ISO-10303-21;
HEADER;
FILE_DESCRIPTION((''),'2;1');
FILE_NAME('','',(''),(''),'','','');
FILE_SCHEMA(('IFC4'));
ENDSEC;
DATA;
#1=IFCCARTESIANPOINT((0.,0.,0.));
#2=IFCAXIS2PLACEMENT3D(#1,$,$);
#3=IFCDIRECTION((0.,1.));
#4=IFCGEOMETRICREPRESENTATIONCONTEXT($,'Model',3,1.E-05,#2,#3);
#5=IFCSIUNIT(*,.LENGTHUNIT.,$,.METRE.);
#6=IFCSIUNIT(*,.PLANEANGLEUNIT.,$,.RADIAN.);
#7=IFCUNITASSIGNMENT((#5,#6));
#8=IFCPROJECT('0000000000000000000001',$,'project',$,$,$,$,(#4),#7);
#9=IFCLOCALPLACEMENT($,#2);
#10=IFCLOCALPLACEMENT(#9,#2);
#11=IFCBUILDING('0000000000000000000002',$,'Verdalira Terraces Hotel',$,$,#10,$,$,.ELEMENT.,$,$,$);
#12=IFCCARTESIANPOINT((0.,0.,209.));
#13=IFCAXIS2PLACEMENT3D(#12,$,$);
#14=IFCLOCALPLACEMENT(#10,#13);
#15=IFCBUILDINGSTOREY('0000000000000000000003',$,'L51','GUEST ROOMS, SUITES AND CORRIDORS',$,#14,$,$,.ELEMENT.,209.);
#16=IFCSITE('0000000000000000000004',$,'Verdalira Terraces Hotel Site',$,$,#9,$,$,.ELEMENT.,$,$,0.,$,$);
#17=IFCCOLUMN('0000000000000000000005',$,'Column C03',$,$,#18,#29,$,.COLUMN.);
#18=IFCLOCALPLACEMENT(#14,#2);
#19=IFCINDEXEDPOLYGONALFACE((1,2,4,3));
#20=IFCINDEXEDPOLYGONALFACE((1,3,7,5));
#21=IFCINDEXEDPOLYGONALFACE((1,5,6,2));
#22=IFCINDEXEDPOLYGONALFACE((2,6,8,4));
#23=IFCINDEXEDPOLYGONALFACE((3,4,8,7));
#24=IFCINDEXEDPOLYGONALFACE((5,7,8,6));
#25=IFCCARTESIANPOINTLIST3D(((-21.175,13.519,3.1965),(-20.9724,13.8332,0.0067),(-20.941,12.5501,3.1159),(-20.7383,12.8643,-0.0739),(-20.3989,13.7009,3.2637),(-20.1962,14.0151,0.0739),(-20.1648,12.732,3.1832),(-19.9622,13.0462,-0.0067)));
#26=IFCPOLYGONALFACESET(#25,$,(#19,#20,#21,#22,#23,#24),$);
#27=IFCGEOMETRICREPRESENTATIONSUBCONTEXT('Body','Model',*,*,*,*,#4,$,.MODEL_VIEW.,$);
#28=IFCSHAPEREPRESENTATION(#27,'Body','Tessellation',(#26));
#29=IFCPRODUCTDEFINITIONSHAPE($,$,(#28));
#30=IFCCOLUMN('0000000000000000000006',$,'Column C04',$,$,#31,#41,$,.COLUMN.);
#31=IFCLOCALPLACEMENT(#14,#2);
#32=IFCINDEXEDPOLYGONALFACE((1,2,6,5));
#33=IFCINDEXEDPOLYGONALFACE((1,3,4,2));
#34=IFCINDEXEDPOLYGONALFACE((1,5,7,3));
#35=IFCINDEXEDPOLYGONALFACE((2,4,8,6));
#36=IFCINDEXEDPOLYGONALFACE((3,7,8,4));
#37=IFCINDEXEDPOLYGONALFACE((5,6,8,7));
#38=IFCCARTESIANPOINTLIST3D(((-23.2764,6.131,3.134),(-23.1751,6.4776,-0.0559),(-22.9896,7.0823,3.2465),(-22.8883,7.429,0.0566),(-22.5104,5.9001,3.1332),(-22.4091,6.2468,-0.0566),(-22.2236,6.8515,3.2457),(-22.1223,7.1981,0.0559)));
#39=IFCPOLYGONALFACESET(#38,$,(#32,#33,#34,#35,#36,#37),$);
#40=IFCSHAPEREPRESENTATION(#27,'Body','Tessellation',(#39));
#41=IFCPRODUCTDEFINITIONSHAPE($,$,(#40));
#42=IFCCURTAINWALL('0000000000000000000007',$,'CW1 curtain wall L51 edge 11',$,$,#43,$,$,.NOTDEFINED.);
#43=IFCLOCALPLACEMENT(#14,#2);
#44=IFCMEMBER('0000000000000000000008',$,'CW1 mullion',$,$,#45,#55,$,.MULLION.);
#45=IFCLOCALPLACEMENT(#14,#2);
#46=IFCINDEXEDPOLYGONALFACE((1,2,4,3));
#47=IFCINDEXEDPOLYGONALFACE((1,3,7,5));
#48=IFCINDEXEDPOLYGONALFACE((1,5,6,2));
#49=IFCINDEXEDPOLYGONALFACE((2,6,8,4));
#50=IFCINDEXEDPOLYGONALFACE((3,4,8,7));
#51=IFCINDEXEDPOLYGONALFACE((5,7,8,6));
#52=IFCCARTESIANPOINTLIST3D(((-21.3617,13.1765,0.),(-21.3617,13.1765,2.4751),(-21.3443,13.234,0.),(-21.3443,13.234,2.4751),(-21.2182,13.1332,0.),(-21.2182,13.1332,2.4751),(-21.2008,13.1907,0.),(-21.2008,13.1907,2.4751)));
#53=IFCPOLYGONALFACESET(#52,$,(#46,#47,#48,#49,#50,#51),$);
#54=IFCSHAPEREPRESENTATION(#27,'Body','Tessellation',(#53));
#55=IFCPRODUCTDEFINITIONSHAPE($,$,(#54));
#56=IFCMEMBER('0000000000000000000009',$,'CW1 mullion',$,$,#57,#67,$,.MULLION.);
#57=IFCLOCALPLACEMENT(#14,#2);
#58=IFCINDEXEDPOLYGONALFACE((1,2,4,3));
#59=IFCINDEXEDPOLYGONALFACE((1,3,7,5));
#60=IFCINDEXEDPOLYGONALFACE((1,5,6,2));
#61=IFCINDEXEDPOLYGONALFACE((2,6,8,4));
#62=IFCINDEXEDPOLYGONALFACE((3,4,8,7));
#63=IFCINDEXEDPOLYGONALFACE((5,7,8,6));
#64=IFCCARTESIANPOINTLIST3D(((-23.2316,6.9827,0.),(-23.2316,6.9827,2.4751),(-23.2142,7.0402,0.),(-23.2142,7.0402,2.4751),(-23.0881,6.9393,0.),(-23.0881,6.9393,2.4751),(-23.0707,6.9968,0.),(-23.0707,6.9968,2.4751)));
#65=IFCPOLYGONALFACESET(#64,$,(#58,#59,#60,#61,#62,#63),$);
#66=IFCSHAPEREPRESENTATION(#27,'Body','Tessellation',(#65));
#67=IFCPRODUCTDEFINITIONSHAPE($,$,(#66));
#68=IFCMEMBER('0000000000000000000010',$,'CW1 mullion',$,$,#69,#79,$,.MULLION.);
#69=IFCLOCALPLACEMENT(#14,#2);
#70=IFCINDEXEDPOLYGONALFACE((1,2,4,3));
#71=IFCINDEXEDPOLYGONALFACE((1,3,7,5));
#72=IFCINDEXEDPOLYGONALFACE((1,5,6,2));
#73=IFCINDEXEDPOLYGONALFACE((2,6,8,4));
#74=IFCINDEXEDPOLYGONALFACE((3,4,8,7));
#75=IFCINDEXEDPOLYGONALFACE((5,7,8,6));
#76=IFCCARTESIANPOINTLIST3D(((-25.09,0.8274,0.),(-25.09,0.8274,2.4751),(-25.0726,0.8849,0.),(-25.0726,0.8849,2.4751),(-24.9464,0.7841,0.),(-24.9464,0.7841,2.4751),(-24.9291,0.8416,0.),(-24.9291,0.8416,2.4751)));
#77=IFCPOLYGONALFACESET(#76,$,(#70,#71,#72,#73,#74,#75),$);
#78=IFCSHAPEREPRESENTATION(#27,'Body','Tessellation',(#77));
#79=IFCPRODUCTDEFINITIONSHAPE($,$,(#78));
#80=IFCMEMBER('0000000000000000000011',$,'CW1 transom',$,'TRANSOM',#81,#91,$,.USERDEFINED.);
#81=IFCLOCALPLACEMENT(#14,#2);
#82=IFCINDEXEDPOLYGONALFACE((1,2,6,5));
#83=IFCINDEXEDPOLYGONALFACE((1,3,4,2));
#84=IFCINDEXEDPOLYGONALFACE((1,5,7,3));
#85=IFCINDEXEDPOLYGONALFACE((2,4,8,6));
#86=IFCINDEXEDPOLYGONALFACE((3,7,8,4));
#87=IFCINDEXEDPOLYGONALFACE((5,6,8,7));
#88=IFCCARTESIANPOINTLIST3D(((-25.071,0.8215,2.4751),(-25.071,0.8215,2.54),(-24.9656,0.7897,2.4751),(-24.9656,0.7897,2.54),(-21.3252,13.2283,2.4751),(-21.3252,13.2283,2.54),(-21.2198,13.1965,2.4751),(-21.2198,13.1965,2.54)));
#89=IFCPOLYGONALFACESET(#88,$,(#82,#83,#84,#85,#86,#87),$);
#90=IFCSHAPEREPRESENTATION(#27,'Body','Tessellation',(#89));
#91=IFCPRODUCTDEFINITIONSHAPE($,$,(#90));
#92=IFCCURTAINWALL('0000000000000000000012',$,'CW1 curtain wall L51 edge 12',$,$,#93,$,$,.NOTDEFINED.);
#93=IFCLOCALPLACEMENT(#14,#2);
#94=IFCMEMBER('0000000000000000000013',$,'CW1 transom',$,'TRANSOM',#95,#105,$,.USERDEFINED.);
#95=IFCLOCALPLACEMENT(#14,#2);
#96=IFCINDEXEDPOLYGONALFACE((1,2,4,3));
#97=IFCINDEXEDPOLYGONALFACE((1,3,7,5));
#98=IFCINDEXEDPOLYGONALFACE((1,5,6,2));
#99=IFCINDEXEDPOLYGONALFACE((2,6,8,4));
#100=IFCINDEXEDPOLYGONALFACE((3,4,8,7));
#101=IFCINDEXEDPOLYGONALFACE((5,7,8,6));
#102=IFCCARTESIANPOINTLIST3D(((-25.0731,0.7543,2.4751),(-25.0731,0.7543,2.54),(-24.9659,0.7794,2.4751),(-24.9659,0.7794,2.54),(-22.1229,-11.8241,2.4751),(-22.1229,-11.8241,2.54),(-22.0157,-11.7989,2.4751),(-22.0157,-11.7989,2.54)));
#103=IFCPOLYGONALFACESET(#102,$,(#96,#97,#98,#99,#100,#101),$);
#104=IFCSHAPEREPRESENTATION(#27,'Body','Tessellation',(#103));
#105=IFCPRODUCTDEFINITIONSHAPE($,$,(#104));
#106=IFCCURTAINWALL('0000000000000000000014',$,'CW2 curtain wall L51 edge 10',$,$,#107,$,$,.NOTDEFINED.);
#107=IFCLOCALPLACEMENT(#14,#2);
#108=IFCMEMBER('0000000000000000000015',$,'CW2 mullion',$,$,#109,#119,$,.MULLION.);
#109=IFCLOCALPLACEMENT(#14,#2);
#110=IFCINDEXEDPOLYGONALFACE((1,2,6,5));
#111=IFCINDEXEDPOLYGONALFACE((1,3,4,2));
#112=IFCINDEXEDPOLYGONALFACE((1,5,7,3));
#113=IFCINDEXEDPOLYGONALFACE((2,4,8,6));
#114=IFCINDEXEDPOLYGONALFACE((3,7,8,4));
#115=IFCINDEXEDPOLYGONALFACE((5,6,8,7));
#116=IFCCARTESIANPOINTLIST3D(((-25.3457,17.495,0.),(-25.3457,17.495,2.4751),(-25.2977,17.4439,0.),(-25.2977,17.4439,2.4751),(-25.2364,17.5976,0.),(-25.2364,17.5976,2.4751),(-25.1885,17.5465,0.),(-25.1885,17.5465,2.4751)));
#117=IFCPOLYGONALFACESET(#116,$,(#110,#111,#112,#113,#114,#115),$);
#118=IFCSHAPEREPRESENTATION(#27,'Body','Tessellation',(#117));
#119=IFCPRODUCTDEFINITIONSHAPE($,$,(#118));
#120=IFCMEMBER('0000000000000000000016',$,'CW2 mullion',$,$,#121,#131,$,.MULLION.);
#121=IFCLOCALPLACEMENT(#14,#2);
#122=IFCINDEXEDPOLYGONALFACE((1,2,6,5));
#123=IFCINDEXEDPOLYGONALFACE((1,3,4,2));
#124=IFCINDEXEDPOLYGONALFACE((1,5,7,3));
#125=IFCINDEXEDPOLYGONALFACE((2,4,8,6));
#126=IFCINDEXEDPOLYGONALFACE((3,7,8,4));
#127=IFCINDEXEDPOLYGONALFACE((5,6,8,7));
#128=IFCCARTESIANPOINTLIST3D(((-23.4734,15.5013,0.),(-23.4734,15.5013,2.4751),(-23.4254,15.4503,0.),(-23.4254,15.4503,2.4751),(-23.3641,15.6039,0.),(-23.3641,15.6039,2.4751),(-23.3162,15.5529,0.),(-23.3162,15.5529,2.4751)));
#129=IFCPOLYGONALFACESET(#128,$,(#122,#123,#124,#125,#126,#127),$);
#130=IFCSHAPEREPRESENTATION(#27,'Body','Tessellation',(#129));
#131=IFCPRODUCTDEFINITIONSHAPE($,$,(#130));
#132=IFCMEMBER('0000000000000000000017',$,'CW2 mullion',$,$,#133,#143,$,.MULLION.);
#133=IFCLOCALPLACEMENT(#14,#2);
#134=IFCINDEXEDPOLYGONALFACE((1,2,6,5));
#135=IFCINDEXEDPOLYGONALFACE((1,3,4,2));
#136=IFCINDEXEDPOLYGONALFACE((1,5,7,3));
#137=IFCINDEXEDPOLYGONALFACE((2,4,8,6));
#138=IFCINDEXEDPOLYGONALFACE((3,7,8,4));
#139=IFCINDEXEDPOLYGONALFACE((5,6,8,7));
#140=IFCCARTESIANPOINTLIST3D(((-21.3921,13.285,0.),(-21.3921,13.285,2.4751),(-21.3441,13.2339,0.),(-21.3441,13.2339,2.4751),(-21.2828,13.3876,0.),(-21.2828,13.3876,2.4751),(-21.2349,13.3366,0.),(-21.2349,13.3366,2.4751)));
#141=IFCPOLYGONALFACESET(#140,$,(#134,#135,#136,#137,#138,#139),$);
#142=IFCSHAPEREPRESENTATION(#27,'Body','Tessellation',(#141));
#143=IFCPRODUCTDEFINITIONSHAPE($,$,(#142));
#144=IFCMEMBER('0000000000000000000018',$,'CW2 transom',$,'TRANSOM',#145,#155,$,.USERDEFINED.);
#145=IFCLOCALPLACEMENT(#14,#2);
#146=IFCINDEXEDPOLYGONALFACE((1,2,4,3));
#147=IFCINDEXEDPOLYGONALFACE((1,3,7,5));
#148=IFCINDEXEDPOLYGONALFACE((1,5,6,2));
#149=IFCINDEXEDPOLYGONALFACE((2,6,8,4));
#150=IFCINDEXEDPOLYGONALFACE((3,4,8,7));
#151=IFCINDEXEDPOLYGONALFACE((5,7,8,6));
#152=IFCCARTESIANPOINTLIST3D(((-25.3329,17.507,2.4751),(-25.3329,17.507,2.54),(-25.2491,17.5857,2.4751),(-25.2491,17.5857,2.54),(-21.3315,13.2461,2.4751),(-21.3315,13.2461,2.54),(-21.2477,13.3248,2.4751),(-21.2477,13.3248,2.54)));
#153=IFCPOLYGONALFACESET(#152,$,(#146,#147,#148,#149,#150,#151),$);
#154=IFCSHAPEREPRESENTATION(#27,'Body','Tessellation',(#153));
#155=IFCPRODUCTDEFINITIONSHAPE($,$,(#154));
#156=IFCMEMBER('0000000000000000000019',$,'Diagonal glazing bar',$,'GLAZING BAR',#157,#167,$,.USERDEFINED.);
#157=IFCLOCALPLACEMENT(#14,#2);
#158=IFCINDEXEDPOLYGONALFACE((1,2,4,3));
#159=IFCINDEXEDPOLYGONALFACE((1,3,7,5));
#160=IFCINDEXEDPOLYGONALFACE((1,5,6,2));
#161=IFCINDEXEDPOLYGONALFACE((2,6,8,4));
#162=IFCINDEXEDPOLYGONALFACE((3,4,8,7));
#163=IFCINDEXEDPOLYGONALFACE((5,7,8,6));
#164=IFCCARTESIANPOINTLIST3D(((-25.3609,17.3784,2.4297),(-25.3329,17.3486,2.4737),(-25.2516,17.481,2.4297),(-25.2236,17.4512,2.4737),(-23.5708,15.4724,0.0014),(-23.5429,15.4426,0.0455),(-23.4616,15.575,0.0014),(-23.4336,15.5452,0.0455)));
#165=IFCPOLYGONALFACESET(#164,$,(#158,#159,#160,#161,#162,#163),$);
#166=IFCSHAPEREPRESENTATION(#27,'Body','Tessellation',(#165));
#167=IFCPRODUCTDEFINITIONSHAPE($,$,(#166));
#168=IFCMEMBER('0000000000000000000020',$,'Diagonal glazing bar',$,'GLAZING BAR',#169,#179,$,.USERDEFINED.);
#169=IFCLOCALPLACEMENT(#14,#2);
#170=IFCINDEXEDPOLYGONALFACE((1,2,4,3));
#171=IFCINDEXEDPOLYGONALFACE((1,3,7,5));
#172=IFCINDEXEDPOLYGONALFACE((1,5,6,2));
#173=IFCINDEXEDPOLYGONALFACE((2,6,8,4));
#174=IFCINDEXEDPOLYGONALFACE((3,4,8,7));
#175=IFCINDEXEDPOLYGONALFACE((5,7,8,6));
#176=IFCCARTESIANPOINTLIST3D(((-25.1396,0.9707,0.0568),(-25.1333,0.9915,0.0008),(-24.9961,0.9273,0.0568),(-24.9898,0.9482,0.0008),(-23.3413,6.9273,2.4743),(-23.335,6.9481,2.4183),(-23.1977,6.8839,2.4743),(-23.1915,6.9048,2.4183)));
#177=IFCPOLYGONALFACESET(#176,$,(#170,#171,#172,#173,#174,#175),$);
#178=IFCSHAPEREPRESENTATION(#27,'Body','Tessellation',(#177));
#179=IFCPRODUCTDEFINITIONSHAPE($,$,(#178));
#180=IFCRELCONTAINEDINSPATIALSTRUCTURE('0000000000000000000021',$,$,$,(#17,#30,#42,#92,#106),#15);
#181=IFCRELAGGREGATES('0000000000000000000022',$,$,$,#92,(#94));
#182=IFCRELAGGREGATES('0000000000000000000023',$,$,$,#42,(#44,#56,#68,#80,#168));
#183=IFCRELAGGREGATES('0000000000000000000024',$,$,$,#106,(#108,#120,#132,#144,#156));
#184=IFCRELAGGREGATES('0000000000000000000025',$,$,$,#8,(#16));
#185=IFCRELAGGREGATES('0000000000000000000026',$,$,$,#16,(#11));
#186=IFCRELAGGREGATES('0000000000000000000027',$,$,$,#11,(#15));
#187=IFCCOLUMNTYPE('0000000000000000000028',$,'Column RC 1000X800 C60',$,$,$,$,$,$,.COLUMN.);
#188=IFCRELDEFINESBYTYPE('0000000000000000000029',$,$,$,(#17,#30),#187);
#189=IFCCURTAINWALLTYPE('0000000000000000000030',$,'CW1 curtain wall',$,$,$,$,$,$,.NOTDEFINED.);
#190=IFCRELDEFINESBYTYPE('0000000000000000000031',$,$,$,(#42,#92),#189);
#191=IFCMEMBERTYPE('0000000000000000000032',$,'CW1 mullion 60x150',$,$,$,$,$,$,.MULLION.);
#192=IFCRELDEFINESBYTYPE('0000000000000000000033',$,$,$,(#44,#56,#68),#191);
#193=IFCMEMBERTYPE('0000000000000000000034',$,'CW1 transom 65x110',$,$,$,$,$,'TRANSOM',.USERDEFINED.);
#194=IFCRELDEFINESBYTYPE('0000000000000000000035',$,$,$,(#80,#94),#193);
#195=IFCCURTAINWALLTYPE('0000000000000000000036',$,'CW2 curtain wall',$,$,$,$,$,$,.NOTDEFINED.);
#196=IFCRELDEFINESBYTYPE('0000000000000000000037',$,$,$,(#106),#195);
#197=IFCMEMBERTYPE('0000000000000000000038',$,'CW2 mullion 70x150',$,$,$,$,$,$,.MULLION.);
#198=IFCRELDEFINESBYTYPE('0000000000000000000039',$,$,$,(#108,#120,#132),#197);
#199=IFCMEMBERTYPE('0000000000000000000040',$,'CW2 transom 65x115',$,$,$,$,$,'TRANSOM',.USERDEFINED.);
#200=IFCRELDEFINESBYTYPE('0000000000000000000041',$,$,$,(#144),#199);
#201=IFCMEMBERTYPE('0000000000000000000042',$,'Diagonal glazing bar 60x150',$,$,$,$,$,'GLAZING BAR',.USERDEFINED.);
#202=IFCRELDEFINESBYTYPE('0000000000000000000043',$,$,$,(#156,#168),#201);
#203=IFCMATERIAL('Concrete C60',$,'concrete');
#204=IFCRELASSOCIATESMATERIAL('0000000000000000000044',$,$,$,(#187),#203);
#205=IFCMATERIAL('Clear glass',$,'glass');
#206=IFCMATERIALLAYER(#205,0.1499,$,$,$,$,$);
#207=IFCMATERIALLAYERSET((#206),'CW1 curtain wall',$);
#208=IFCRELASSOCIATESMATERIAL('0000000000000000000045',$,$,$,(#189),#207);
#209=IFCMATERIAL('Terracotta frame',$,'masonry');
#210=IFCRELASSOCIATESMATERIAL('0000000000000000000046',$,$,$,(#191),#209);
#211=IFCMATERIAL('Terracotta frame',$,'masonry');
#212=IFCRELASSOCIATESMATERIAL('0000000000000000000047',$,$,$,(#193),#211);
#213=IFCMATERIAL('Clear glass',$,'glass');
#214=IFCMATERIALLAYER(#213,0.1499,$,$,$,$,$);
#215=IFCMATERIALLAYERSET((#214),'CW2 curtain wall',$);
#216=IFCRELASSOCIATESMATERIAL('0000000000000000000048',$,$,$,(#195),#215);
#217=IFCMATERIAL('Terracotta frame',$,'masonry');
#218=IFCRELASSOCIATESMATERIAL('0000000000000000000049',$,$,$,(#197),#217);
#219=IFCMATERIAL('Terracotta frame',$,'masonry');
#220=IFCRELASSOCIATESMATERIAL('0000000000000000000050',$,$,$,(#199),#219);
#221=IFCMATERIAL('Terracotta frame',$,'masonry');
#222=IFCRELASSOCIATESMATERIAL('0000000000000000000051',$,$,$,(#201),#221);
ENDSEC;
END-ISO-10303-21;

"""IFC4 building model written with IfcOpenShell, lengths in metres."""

from ifc_helpers import new_model, si_unit, direction, frame, origin, origin_2d, place, context, subcontext, project, spatial, rectangle, extrude, material, layer, layer_set, material_profile, profile_set, type_object, element, aggregate, save


model = new_model("IFC4")

# Units and contexts
model_context = context("Model", 3, precision=1e-05, world=origin(), true_north=direction((0.0, 1.0)))
body_context = subcontext(model_context, "Body", "Model", "MODEL_VIEW")
ifc_project = project(units=[si_unit("LENGTHUNIT", "METRE"), si_unit("PLANEANGLEUNIT", "RADIAN")], contexts=[model_context])

# Site, building, storey
site_placement = place(None, origin())
site = spatial("IfcSite", under=ifc_project, at=site_placement, Name="Verdalira Terraces Hotel Site", CompositionType="ELEMENT", RefElevation=0.0)
building_placement = place(site_placement, origin())
building = spatial("IfcBuilding", under=site, at=building_placement, Name="Verdalira Terraces Hotel", CompositionType="ELEMENT")
storey_placement = place(building_placement, frame((0.0, 0.0, 209.0)))
storey = spatial("IfcBuildingStorey", under=building, at=storey_placement, Name="L51", Description="GUEST ROOMS, SUITES AND CORRIDORS", CompositionType="ELEMENT", Elevation=209.0)

# Columns
ifc_material_1 = material(Name="Concrete C60", Category="concrete")
ifc_material_profile_1 = material_profile(ifc_material_1, rectangle(XDim=1.0, YDim=0.8, at=origin_2d()), Name="RC 1000X800")
ifc_profile_set_1 = profile_set([ifc_material_profile_1], Name="Concrete C60")
column_type = type_object("IfcColumnType", Name="Column RC 1000X800 C60", PredefinedType="COLUMN", material=ifc_profile_set_1)
column_1_placement = place(storey_placement, frame((-20.4673, 13.4397, 0.0), z_axis=(-0.063092, -0.09783, 0.993201), x_axis=(-0.234082, 0.968873, 0.080564)))
element("IfcColumn", 1, at=column_1_placement, inside=storey, type_object=column_type, Name="Column C03", PredefinedType="COLUMN", context=body_context, shape_type="SweptSolid", body=[
    extrude(rectangle(XDim=1.0, YDim=0.8, at=origin_2d()), origin(), (0.0, 0.0, 1.0), 3.2117),
])
column_2_placement = place(storey_placement, frame((-22.6487, 6.8379, 0.0), z_axis=(-0.03156, -0.107989, 0.993651), x_axis=(-0.286821, -0.951355, -0.112502)))
element("IfcColumn", 2, at=column_2_placement, inside=storey, type_object=column_type, Name="Column C04", PredefinedType="COLUMN", context=body_context, shape_type="SweptSolid", body=[
    extrude(rectangle(XDim=1.0, YDim=0.8, at=origin_2d()), origin(), (0.0, 0.0, 1.0), 3.2102),
])

# Curtain wall, members
ifc_material_2 = material(Name="Clear glass", Category="glass")
ifc_layer_1 = layer(ifc_material_2, 0.1499)
ifc_layer_set_1 = layer_set([ifc_layer_1], Name="CW1 curtain wall")
curtain_wall_type_1 = type_object("IfcCurtainWallType", Name="CW1 curtain wall", PredefinedType="NOTDEFINED", material=ifc_layer_set_1)
curtain_wall_1_placement = place(storey_placement, origin())
curtain_wall_1 = element("IfcCurtainWall", 3, at=curtain_wall_1_placement, inside=storey, type_object=curtain_wall_type_1, Name="CW1 curtain wall L51 edge 11", PredefinedType="NOTDEFINED")
ifc_material_3 = material(Name="Terracotta frame", Category="masonry")
ifc_material_profile_2 = material_profile(ifc_material_3, rectangle(XDim=0.0601, YDim=0.1499, at=origin_2d()), Name="MU 60x150")
ifc_profile_set_2 = profile_set([ifc_material_profile_2], Name="Terracotta frame")
member_type_1 = type_object("IfcMemberType", Name="CW1 mullion 60x150", PredefinedType="MULLION", material=ifc_profile_set_2)
member_1_placement = place(storey_placement, frame((-21.2812, 13.1836, 0.0), z_axis=(0.0, 0.0, 1.0), x_axis=(-0.289032, -0.957319, 0.0)))
member_1 = element("IfcMember", 4, at=member_1_placement, type_object=member_type_1, Name="CW1 mullion", PredefinedType="MULLION", context=body_context, shape_type="SweptSolid", body=[
    extrude(rectangle(XDim=0.0601, YDim=0.1499, at=origin_2d()), origin(), (0.0, 0.0, 1.0), 2.4751),
])
member_2_placement = place(storey_placement, frame((-23.1511, 6.9897, 0.0), z_axis=(0.0, 0.0, 1.0), x_axis=(-0.289032, -0.957319, 0.0)))
member_2 = element("IfcMember", 5, at=member_2_placement, type_object=member_type_1, Name="CW1 mullion", PredefinedType="MULLION", context=body_context, shape_type="SweptSolid", body=[
    extrude(rectangle(XDim=0.0601, YDim=0.1499, at=origin_2d()), origin(), (0.0, 0.0, 1.0), 2.4751),
])
member_3_placement = place(storey_placement, frame((-25.0095, 0.8345, 0.0), z_axis=(0.0, 0.0, 1.0), x_axis=(-0.289032, -0.957319, 0.0)))
member_3 = element("IfcMember", 6, at=member_3_placement, type_object=member_type_1, Name="CW1 mullion", PredefinedType="MULLION", context=body_context, shape_type="SweptSolid", body=[
    extrude(rectangle(XDim=0.0601, YDim=0.1499, at=origin_2d()), origin(), (0.0, 0.0, 1.0), 2.4751),
])
ifc_material_4 = material(Name="Terracotta frame", Category="masonry")
ifc_material_profile_3 = material_profile(ifc_material_4, rectangle(XDim=0.1101, YDim=0.0649, at=origin_2d()), Name="TR 65x110")
ifc_profile_set_3 = profile_set([ifc_material_profile_3], Name="Terracotta frame")
member_type_2 = type_object("IfcMemberType", Name="CW1 transom 65x110", ElementType="TRANSOM", PredefinedType="USERDEFINED", material=ifc_profile_set_3)
member_4_placement = place(storey_placement, frame((-21.2725, 13.2124, 2.5076), z_axis=(-0.289034, -0.957319, 0.0), x_axis=(0.957319, -0.289034, 0.0)))
member_4 = element("IfcMember", 7, at=member_4_placement, type_object=member_type_2, Name="CW1 transom", ObjectType="TRANSOM", PredefinedType="USERDEFINED", context=body_context, shape_type="SweptSolid", body=[
    extrude(rectangle(XDim=0.1101, YDim=0.0649, at=origin_2d()), origin(), (0.0, 0.0, 1.0), 12.96),
])

# Curtain wall, member
curtain_wall_2_placement = place(storey_placement, origin())
curtain_wall_2 = element("IfcCurtainWall", 8, at=curtain_wall_2_placement, inside=storey, type_object=curtain_wall_type_1, Name="CW1 curtain wall L51 edge 12", PredefinedType="NOTDEFINED")
member_5_placement = place(storey_placement, frame((-25.0195, 0.7668, 2.5076), z_axis=(0.228348, -0.973579, 0.0), x_axis=(0.973579, 0.228348, 0.0)))
member_5 = element("IfcMember", 9, at=member_5_placement, type_object=member_type_2, Name="CW1 transom", ObjectType="TRANSOM", PredefinedType="USERDEFINED", context=body_context, shape_type="SweptSolid", body=[
    extrude(rectangle(XDim=0.1101, YDim=0.0649, at=origin_2d()), origin(), (0.0, 0.0, 1.0), 12.9197),
])
aggregate(curtain_wall_2, [member_5])

# Curtain wall, members
ifc_material_5 = material(Name="Clear glass", Category="glass")
ifc_layer_2 = layer(ifc_material_5, 0.1499)
ifc_layer_set_2 = layer_set([ifc_layer_2], Name="CW2 curtain wall")
curtain_wall_type_2 = type_object("IfcCurtainWallType", Name="CW2 curtain wall", PredefinedType="NOTDEFINED", material=ifc_layer_set_2)
curtain_wall_3_placement = place(storey_placement, origin())
curtain_wall_3 = element("IfcCurtainWall", 10, at=curtain_wall_3_placement, inside=storey, type_object=curtain_wall_type_2, Name="CW2 curtain wall L51 edge 10", PredefinedType="NOTDEFINED")
ifc_material_6 = material(Name="Terracotta frame", Category="masonry")
ifc_material_profile_4 = material_profile(ifc_material_6, rectangle(XDim=0.0701, YDim=0.1499, at=origin_2d()), Name="MU 70x150")
ifc_profile_set_4 = profile_set([ifc_material_profile_4], Name="Terracotta frame")
member_type_3 = type_object("IfcMemberType", Name="CW2 mullion 70x150", PredefinedType="MULLION", material=ifc_profile_set_4)
member_6_placement = place(storey_placement, frame((-25.2671, 17.5208, 0.0), z_axis=(0.0, 0.0, 1.0), x_axis=(0.684547, -0.728969, 0.0)))
member_6 = element("IfcMember", 11, at=member_6_placement, type_object=member_type_3, Name="CW2 mullion", PredefinedType="MULLION", context=body_context, shape_type="SweptSolid", body=[
    extrude(rectangle(XDim=0.0701, YDim=0.1499, at=origin_2d()), origin(), (0.0, 0.0, 1.0), 2.4751),
])
member_7_placement = place(storey_placement, frame((-23.3948, 15.5271, 0.0), z_axis=(0.0, 0.0, 1.0), x_axis=(0.684547, -0.728969, 0.0)))
member_7 = element("IfcMember", 12, at=member_7_placement, type_object=member_type_3, Name="CW2 mullion", PredefinedType="MULLION", context=body_context, shape_type="SweptSolid", body=[
    extrude(rectangle(XDim=0.0701, YDim=0.1499, at=origin_2d()), origin(), (0.0, 0.0, 1.0), 2.4751),
])
member_8_placement = place(storey_placement, frame((-21.3135, 13.3108, 0.0), z_axis=(0.0, 0.0, 1.0), x_axis=(0.684547, -0.728969, 0.0)))
member_8 = element("IfcMember", 13, at=member_8_placement, type_object=member_type_3, Name="CW2 mullion", PredefinedType="MULLION", context=body_context, shape_type="SweptSolid", body=[
    extrude(rectangle(XDim=0.0701, YDim=0.1499, at=origin_2d()), origin(), (0.0, 0.0, 1.0), 2.4751),
])
ifc_material_7 = material(Name="Terracotta frame", Category="masonry")
ifc_material_profile_5 = material_profile(ifc_material_7, rectangle(XDim=0.115, YDim=0.0649, at=origin_2d()), Name="TR 65x115")
ifc_profile_set_5 = profile_set([ifc_material_profile_5], Name="Terracotta frame")
member_type_4 = type_object("IfcMemberType", Name="CW2 transom 65x115", ElementType="TRANSOM", PredefinedType="USERDEFINED", material=ifc_profile_set_5)
member_9_placement = place(storey_placement, frame((-25.291, 17.5464, 2.5076), z_axis=(0.684559, -0.728957, 0.0), x_axis=(0.728957, 0.684559, 0.0)))
member_9 = element("IfcMember", 14, at=member_9_placement, type_object=member_type_4, Name="CW2 transom", ObjectType="TRANSOM", PredefinedType="USERDEFINED", context=body_context, shape_type="SweptSolid", body=[
    extrude(rectangle(XDim=0.115, YDim=0.0649, at=origin_2d()), origin(), (0.0, 0.0, 1.0), 5.8452),
])
ifc_material_8 = material(Name="Terracotta frame", Category="masonry")
ifc_material_profile_6 = material_profile(ifc_material_8, rectangle(XDim=0.1499, YDim=0.0601, at=origin_2d()), Name="GB 60x150")
ifc_profile_set_6 = profile_set([ifc_material_profile_6], Name="Terracotta frame")
member_type_5 = type_object("IfcMemberType", Name="Diagonal glazing bar 60x150", ElementType="GLAZING BAR", PredefinedType="USERDEFINED", material=ifc_profile_set_6)
member_10_placement = place(storey_placement, frame((-25.2922, 17.4148, 2.4517), z_axis=(0.501639, -0.534137, -0.680482), x_axis=(0.728934, 0.684584, 0.0)))
member_10 = element("IfcMember", 15, at=member_10_placement, type_object=member_type_5, Name="Diagonal glazing bar", ObjectType="GLAZING BAR", PredefinedType="USERDEFINED", context=body_context, shape_type="SweptSolid", body=[
    extrude(rectangle(XDim=0.1499, YDim=0.0601, at=origin_2d()), origin(), (0.0, 0.0, 1.0), 3.5684),
])

# Member
member_11_placement = place(storey_placement, frame((-23.2664, 6.916, 2.4463), z_axis=(-0.269405, -0.892336, -0.362157), x_axis=(0.957322, -0.289025, 0.0)))
member_11 = element("IfcMember", 16, at=member_11_placement, type_object=member_type_5, Name="Diagonal glazing bar", ObjectType="GLAZING BAR", PredefinedType="USERDEFINED", context=body_context, shape_type="SweptSolid", body=[
    extrude(rectangle(XDim=0.1499, YDim=0.0601, at=origin_2d()), origin(), (0.0, 0.0, 1.0), 6.6753),
])

aggregate(curtain_wall_1, [member_1, member_2, member_3, member_4, member_11])
aggregate(curtain_wall_3, [member_6, member_7, member_8, member_9, member_10])

save(model, "model.ifc")
